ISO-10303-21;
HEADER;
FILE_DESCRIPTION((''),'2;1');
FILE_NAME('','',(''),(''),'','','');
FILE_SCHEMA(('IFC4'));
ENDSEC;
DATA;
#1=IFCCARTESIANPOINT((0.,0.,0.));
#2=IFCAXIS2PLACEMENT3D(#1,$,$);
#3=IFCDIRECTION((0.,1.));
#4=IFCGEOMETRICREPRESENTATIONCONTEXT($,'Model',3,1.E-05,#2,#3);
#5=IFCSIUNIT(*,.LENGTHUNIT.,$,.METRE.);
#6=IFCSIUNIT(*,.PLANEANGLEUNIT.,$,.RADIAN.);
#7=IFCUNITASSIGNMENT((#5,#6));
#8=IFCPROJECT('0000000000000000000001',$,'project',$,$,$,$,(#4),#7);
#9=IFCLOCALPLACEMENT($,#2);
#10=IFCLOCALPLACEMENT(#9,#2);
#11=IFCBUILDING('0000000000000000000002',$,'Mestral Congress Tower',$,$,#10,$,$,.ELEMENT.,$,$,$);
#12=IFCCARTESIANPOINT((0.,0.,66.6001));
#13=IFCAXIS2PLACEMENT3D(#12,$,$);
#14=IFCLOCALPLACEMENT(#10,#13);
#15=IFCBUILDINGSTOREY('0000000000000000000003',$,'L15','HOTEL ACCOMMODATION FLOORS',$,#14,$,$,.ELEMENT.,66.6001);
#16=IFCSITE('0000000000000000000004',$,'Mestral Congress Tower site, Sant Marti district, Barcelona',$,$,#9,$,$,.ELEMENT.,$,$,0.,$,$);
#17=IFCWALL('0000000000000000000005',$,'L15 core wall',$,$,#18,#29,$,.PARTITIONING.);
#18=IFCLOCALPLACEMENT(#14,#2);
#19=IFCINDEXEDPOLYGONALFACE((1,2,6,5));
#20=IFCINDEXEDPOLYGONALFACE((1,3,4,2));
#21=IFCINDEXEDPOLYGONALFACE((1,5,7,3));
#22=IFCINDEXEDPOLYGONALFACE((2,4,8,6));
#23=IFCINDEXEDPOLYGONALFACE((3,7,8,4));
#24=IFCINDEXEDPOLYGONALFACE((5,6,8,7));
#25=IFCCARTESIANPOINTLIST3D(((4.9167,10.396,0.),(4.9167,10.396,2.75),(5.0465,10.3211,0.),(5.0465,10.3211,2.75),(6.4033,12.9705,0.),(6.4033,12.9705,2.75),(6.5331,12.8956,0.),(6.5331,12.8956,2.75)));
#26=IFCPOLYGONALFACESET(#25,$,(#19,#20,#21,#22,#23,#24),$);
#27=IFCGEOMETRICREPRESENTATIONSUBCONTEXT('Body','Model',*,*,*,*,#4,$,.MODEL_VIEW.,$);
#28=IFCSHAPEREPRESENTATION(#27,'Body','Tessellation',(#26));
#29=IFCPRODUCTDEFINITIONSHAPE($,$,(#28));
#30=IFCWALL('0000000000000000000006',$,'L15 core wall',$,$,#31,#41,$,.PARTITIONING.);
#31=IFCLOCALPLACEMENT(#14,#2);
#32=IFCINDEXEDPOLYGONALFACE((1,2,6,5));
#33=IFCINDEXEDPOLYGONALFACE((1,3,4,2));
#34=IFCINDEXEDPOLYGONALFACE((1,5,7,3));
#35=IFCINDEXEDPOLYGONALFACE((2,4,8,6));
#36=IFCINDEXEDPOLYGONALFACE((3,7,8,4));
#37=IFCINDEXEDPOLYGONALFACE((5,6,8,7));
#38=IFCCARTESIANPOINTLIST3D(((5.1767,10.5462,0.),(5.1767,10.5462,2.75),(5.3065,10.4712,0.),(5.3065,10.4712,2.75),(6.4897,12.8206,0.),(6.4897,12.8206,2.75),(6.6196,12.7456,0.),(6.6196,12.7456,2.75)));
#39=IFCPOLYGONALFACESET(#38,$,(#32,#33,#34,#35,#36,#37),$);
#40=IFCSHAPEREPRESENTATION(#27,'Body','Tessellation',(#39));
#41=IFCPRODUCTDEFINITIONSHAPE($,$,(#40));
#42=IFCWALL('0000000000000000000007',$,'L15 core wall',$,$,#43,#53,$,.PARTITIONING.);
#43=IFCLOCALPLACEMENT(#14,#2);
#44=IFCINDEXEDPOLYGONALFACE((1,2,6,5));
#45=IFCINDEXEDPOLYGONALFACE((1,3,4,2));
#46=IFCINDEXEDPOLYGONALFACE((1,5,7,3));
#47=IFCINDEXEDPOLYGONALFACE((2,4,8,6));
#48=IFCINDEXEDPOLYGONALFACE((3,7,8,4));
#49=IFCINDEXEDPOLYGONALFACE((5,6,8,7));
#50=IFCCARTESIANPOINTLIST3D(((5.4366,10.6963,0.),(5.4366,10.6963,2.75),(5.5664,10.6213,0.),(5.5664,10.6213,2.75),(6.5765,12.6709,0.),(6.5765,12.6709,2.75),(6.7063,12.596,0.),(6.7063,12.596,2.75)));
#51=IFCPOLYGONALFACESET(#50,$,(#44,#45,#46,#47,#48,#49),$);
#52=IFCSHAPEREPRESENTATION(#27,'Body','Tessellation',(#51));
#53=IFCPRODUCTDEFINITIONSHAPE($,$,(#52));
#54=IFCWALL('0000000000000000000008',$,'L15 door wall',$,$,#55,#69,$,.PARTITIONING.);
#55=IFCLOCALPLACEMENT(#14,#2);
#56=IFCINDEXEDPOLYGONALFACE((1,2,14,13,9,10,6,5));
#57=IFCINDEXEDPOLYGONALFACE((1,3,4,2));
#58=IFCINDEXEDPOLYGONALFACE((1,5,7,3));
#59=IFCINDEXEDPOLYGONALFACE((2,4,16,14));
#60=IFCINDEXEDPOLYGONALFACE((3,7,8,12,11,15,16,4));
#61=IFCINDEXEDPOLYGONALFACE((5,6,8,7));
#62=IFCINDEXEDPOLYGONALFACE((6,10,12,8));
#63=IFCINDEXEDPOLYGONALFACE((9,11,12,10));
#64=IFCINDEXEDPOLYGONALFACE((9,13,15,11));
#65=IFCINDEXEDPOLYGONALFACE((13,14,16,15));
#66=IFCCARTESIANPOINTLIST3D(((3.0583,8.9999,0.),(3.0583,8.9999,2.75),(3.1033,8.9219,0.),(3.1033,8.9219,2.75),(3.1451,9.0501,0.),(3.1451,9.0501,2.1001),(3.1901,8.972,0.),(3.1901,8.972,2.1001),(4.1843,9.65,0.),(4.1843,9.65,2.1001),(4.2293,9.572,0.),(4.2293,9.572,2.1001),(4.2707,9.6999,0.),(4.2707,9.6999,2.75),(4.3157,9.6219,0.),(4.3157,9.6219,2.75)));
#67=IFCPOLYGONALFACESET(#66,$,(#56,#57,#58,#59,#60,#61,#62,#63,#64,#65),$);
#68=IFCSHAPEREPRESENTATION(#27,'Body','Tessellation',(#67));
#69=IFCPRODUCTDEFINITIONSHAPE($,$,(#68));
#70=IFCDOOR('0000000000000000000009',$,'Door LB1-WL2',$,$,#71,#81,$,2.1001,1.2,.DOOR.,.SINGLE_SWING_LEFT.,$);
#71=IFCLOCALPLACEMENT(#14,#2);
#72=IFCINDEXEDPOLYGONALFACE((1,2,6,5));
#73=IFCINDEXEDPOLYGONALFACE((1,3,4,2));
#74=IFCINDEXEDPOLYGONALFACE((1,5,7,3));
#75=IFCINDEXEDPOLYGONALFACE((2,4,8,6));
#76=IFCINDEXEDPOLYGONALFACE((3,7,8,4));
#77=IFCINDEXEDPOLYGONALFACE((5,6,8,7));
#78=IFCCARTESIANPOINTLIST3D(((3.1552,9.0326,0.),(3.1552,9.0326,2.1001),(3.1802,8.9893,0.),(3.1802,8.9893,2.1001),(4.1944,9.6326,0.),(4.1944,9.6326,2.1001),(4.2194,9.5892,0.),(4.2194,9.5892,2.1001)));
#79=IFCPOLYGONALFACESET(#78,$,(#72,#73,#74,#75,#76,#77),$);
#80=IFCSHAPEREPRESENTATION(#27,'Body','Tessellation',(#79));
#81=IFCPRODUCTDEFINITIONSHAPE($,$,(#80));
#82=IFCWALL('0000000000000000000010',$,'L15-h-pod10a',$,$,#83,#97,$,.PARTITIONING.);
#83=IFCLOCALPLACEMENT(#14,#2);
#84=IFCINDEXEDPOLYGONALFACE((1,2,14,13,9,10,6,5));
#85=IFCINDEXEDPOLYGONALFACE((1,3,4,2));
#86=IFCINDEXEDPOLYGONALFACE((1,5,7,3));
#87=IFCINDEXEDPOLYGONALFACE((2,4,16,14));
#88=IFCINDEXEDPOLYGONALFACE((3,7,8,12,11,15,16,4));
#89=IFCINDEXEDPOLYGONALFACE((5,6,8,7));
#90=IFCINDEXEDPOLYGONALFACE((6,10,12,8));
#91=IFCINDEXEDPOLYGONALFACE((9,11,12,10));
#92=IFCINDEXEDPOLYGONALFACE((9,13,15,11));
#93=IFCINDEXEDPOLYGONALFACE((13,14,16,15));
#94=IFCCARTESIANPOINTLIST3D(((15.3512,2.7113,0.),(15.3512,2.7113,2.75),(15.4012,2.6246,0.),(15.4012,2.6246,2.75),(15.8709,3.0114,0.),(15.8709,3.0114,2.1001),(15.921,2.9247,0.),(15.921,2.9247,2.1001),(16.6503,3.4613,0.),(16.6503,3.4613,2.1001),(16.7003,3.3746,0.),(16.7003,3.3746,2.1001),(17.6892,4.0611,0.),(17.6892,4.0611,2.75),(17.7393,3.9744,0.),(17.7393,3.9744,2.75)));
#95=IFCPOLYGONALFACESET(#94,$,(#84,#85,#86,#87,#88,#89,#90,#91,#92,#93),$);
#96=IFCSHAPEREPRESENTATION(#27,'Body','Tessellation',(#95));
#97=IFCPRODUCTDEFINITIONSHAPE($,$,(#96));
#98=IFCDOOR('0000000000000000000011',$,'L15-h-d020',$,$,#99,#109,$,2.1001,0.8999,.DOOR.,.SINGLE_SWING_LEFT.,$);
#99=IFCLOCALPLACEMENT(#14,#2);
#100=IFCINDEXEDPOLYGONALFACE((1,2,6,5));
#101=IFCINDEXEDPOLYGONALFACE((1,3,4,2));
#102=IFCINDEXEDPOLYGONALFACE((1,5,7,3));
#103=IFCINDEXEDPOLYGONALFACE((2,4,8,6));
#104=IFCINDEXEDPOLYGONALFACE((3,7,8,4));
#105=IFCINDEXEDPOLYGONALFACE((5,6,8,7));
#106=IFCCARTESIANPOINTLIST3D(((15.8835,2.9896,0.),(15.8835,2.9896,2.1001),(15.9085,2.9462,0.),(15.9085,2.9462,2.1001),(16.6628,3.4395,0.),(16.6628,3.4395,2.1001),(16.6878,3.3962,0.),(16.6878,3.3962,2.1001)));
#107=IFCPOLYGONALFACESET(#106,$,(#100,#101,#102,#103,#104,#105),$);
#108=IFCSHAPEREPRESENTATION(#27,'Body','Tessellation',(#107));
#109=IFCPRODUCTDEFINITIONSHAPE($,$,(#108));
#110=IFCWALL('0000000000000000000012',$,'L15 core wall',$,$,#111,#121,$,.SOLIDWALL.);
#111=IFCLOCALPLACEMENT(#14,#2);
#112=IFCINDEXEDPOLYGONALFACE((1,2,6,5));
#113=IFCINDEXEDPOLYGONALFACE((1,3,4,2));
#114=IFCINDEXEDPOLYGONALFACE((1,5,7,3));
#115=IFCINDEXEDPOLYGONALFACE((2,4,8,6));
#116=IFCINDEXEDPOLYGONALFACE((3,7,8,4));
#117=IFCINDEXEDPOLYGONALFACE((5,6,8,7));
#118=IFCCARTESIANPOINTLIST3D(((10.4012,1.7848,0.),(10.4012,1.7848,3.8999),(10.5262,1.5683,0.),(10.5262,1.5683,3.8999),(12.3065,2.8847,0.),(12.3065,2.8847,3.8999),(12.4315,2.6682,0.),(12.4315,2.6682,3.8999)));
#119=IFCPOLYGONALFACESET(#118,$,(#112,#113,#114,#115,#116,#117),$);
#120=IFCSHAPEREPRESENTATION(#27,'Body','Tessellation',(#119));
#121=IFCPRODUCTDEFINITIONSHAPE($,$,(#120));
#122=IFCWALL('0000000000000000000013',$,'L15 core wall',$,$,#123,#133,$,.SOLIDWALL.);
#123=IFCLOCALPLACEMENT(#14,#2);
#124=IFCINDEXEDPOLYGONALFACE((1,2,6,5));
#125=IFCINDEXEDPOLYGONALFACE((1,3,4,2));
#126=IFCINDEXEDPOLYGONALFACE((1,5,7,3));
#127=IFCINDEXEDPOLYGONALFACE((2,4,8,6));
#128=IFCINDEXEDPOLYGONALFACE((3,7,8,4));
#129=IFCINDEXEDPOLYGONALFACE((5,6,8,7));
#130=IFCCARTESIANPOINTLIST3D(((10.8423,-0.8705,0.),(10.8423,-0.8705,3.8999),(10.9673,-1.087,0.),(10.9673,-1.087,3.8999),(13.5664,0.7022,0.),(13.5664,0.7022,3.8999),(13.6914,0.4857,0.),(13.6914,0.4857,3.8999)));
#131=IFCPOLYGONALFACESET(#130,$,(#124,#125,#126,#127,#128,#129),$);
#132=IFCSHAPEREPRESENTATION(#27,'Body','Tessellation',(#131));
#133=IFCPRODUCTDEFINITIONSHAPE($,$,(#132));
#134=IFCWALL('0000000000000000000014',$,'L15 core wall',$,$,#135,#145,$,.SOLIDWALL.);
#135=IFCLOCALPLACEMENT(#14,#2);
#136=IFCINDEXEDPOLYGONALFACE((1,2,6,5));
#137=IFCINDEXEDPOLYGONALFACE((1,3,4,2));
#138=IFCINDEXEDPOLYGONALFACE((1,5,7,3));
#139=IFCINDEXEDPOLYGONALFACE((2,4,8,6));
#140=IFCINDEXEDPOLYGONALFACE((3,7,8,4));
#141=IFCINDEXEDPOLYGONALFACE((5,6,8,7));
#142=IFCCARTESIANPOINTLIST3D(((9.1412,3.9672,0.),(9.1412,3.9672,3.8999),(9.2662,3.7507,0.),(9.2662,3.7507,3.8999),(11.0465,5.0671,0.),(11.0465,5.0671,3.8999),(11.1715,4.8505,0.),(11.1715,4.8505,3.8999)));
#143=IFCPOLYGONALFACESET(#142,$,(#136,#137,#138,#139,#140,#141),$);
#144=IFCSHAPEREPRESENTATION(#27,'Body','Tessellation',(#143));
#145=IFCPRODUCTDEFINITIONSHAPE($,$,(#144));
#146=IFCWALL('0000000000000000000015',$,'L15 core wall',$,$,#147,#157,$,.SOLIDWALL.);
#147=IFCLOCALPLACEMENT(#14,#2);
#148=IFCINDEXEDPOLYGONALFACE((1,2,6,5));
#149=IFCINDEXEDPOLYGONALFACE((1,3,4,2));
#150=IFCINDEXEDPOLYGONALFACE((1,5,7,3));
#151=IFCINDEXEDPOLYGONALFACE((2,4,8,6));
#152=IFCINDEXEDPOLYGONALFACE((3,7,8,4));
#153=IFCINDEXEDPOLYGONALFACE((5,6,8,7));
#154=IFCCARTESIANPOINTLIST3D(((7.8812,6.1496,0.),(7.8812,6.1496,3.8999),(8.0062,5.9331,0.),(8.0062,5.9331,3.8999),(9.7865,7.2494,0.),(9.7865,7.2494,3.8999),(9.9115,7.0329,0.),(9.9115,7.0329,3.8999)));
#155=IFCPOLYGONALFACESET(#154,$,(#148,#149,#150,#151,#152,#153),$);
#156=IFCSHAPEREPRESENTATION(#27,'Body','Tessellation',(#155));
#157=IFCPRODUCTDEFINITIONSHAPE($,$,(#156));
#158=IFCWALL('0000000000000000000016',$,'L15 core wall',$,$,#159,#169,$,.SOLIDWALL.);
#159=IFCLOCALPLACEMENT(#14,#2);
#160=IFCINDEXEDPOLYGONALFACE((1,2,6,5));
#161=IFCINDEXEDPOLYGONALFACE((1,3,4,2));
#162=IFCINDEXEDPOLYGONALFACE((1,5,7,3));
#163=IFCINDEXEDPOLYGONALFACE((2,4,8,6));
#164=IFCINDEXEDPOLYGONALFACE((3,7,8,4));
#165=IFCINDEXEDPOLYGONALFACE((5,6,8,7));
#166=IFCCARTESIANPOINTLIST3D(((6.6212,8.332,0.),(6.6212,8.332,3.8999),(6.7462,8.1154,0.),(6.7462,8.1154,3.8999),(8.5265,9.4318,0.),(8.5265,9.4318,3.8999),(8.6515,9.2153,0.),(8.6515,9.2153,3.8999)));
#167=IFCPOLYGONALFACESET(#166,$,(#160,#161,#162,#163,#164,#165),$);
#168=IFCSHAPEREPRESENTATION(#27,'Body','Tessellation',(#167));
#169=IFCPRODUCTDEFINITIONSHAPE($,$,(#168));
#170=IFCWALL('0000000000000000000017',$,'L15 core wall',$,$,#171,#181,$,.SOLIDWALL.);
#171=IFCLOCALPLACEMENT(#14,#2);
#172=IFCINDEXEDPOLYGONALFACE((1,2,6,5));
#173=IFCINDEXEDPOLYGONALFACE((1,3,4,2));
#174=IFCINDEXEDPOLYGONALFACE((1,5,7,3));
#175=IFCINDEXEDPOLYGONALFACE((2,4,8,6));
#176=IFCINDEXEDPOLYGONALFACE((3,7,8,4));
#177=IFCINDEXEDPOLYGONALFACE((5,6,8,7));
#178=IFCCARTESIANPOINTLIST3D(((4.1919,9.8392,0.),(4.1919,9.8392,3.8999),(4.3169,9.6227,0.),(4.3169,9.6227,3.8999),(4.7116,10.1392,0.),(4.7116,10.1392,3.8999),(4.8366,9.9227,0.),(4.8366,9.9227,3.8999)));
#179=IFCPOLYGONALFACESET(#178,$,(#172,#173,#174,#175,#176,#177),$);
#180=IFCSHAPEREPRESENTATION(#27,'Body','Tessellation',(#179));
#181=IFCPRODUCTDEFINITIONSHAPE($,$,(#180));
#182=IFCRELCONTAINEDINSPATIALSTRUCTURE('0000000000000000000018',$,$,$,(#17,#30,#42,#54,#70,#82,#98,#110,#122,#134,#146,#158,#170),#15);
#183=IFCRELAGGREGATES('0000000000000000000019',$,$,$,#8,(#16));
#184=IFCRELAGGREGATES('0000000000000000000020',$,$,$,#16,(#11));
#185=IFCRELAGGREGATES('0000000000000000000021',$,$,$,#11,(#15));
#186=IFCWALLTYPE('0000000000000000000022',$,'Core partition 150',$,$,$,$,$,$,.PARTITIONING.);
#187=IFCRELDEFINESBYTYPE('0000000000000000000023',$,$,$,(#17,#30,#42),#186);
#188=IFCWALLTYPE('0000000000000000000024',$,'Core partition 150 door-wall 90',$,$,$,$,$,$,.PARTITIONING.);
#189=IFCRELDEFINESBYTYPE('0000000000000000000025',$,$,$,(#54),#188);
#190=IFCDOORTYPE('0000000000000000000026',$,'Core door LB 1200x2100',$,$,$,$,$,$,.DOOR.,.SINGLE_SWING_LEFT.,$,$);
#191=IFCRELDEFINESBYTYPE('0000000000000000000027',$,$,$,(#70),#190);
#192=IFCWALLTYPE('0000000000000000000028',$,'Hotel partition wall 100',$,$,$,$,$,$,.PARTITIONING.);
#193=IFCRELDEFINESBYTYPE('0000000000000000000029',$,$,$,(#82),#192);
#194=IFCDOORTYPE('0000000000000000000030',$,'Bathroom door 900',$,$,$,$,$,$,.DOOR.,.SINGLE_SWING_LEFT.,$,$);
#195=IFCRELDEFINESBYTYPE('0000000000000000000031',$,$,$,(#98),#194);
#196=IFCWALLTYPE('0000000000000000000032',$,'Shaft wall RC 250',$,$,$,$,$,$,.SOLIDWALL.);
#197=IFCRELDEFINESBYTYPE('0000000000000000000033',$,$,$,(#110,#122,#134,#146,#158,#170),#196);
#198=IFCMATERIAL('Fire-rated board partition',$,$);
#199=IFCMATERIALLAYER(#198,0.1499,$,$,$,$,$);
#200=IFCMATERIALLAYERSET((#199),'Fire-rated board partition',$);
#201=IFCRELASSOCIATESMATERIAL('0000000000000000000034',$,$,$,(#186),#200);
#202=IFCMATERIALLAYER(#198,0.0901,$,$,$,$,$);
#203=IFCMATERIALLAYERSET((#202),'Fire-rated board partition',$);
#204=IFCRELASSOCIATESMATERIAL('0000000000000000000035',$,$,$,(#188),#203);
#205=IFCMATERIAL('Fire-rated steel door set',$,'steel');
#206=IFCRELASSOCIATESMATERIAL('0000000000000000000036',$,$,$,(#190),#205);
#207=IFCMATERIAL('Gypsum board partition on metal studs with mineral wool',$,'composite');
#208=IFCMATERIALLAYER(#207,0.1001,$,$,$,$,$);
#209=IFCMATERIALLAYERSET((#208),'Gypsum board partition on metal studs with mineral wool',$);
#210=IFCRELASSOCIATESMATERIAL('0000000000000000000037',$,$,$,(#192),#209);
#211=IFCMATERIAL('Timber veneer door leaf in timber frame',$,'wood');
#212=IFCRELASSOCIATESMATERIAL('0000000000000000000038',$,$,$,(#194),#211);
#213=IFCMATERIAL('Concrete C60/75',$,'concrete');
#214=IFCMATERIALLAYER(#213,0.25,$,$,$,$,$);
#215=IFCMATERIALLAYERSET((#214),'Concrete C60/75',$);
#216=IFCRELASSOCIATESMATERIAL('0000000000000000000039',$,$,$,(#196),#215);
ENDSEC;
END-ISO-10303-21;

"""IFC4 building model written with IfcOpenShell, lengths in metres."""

from ifc_helpers import new_model, si_unit, direction, frame, frame_2d, origin, place, context, subcontext, project, spatial, rectangle, extrude, material, layer, layer_set, type_object, element, fill, save


model = new_model("IFC4")

# Units and contexts
model_context = context("Model", 3, precision=1e-05, world=origin(), true_north=direction((0.0, 1.0)))
body_context = subcontext(model_context, "Body", "Model", "MODEL_VIEW")
ifc_project = project(units=[si_unit("LENGTHUNIT", "METRE"), si_unit("PLANEANGLEUNIT", "RADIAN")], contexts=[model_context])

# Site, building, storey
site_placement = place(None, origin())
site = spatial("IfcSite", under=ifc_project, at=site_placement, Name="Mestral Congress Tower site, Sant Marti district, Barcelona", CompositionType="ELEMENT", RefElevation=0.0)
building_placement = place(site_placement, origin())
building = spatial("IfcBuilding", under=site, at=building_placement, Name="Mestral Congress Tower", CompositionType="ELEMENT")
storey_placement = place(building_placement, frame((0.0, 0.0, 66.6001)))
storey = spatial("IfcBuildingStorey", under=building, at=storey_placement, Name="L15", Description="HOTEL ACCOMMODATION FLOORS", CompositionType="ELEMENT", Elevation=66.6001)

# Walls
ifc_material_1 = material(Name="Fire-rated board partition")
ifc_layer_1 = layer(ifc_material_1, 0.1499)
ifc_layer_set_1 = layer_set([ifc_layer_1], Name="Fire-rated board partition")
wall_type_1 = type_object("IfcWallType", Name="Core partition 150", PredefinedType="PARTITIONING", material=ifc_layer_set_1)
wall_1_placement = place(storey_placement, frame((4.9817, 10.3586, 0.0), z_axis=(0.0, 0.0, 1.0), x_axis=(0.500052, 0.865995, 0.0)))
element("IfcWall", 1, at=wall_1_placement, inside=storey, type_object=wall_type_1, Name="L15 core wall", PredefinedType="PARTITIONING", context=body_context, shape_type="SweptSolid", body=[
    extrude(rectangle(XDim=2.9729, YDim=0.1499, at=frame_2d((1.4863, 0.0))), origin(), (0.0, 0.0, 1.0), 2.75),
])
wall_2_placement = place(storey_placement, frame((5.2417, 10.5088, 0.0), z_axis=(0.0, 0.0, 1.0), x_axis=(0.499959, 0.866049, 0.0)))
element("IfcWall", 2, at=wall_2_placement, inside=storey, type_object=wall_type_1, Name="L15 core wall", PredefinedType="PARTITIONING", context=body_context, shape_type="SweptSolid", body=[
    extrude(rectangle(XDim=2.6262, YDim=0.1499, at=frame_2d((1.313, 0.0))), origin(), (0.0, 0.0, 1.0), 2.75),
])
wall_3_placement = place(storey_placement, frame((5.5015, 10.6587, 0.0), z_axis=(0.0, 0.0, 1.0), x_axis=(0.499951, 0.866054, 0.0)))
element("IfcWall", 3, at=wall_3_placement, inside=storey, type_object=wall_type_1, Name="L15 core wall", PredefinedType="PARTITIONING", context=body_context, shape_type="SweptSolid", body=[
    extrude(rectangle(XDim=2.28, YDim=0.1499, at=frame_2d((1.1401, 0.0))), origin(), (0.0, 0.0, 1.0), 2.75),
])

# Walls, openings, doors
ifc_layer_2 = layer(ifc_material_1, 0.0901)
ifc_layer_set_2 = layer_set([ifc_layer_2], Name="Fire-rated board partition")
wall_type_2 = type_object("IfcWallType", Name="Core partition 150 door-wall 90", PredefinedType="PARTITIONING", material=ifc_layer_set_2)
wall_4_placement = place(storey_placement, frame((3.0808, 8.9609, 0.0), z_axis=(0.0, 0.0, 1.0), x_axis=(0.866035, 0.499984, 0.0)))
wall_4 = element("IfcWall", 4, at=wall_4_placement, inside=storey, type_object=wall_type_2, Name="L15 door wall", PredefinedType="PARTITIONING", context=body_context, shape_type="SweptSolid", body=[
    extrude(rectangle(XDim=1.3999, YDim=0.0901, at=frame_2d((0.7, 0.0))), origin(), (0.0, 0.0, 1.0), 2.75),
])
opening_1_placement = place(wall_4_placement, frame((0.1001, 0.0, 0.0)))
opening_1 = element("IfcOpeningElement", 5, at=opening_1_placement, cuts=wall_4, PredefinedType="OPENING", context=body_context, shape_type="SweptSolid", body=[
    extrude(rectangle(XDim=1.2, YDim=2.1001, at=frame_2d((0.6001, 1.05))), frame((0.0, 0.0549, 0.0), z_axis=(0.0, -1.0, 0.0), x_axis=(1.0, 0.0, 0.0)), (0.0, 0.0, 1.0), 0.1101),
])
ifc_material_2 = material(Name="Fire-rated steel door set", Category="steel")
door_type_1 = type_object("IfcDoorType", Name="Core door LB 1200x2100", OperationType="SINGLE_SWING_LEFT", PredefinedType="DOOR", material=ifc_material_2)
door_1_placement = place(opening_1_placement, origin())
door_1 = element("IfcDoor", 6, at=door_1_placement, inside=storey, type_object=door_type_1, Name="Door LB1-WL2", OperationType="SINGLE_SWING_LEFT", OverallHeight=2.1001, OverallWidth=1.2, PredefinedType="DOOR", context=body_context, shape_type="SweptSolid", body=[
    extrude(rectangle(XDim=1.2, YDim=2.1001, at=frame_2d((0.6001, 1.05))), frame((0.0, 0.0249, 0.0), z_axis=(0.0, -1.0, 0.0), x_axis=(1.0, 0.0, 0.0)), (0.0, 0.0, 1.0), 0.05),
])
fill(opening_1, door_1)
ifc_material_3 = material(Name="Gypsum board partition on metal studs with mineral wool", Category="composite")
ifc_layer_3 = layer(ifc_material_3, 0.1001)
ifc_layer_set_3 = layer_set([ifc_layer_3], Name="Gypsum board partition on metal studs with mineral wool")
wall_type_3 = type_object("IfcWallType", Name="Hotel partition wall 100", PredefinedType="PARTITIONING", material=ifc_layer_set_3)
wall_5_placement = place(storey_placement, frame((15.3762, 2.668, 0.0), z_axis=(0.0, 0.0, 1.0), x_axis=(0.866037, 0.499981, 0.0)))
wall_5 = element("IfcWall", 7, at=wall_5_placement, inside=storey, type_object=wall_type_3, Name="L15-h-pod10a", PredefinedType="PARTITIONING", context=body_context, shape_type="SweptSolid", body=[
    extrude(rectangle(XDim=2.6997, YDim=0.1001, at=frame_2d((1.3499, 0.0))), origin(), (0.0, 0.0, 1.0), 2.75),
])
opening_2_placement = place(wall_5_placement, frame((0.6001, 0.0, 0.0)))
opening_2 = element("IfcOpeningElement", 8, at=opening_2_placement, cuts=wall_5, PredefinedType="OPENING", context=body_context, shape_type="SweptSolid", body=[
    extrude(rectangle(XDim=0.8999, YDim=2.1001, at=frame_2d((0.45, 1.05))), frame((0.0, 0.0601, 0.0), z_axis=(0.0, -1.0, 0.0), x_axis=(1.0, 0.0, 0.0)), (0.0, 0.0, 1.0), 0.1201),
])
ifc_material_4 = material(Name="Timber veneer door leaf in timber frame", Category="wood")
door_type_2 = type_object("IfcDoorType", Name="Bathroom door 900", OperationType="SINGLE_SWING_LEFT", PredefinedType="DOOR", material=ifc_material_4)
door_2_placement = place(opening_2_placement, origin())
door_2 = element("IfcDoor", 9, at=door_2_placement, inside=storey, type_object=door_type_2, Name="L15-h-d020", OperationType="SINGLE_SWING_LEFT", OverallHeight=2.1001, OverallWidth=0.8999, PredefinedType="DOOR", context=body_context, shape_type="SweptSolid", body=[
    extrude(rectangle(XDim=0.8999, YDim=2.1001, at=frame_2d((0.45, 1.05))), frame((0.0, 0.0249, 0.0), z_axis=(0.0, -1.0, 0.0), x_axis=(1.0, 0.0, 0.0)), (0.0, 0.0, 1.0), 0.05),
])
fill(opening_2, door_2)

# Walls
ifc_material_5 = material(Name="Concrete C60/75", Category="concrete")
ifc_layer_4 = layer(ifc_material_5, 0.25)
ifc_layer_set_4 = layer_set([ifc_layer_4], Name="Concrete C60/75")
wall_type_4 = type_object("IfcWallType", Name="Shaft wall RC 250", PredefinedType="SOLIDWALL", material=ifc_layer_set_4)
wall_6_placement = place(storey_placement, frame((10.4636, 1.6765, 0.0), z_axis=(0.0, 0.0, 1.0), x_axis=(0.866056, 0.499947, 0.0)))
element("IfcWall", 10, at=wall_6_placement, inside=storey, type_object=wall_type_4, Name="L15 core wall", PredefinedType="SOLIDWALL", context=body_context, shape_type="SweptSolid", body=[
    extrude(rectangle(XDim=2.2, YDim=0.25, at=frame_2d((1.1001, 0.0))), origin(), (0.0, 0.0, 1.0), 3.8999),
])
wall_7_placement = place(storey_placement, frame((13.6289, 0.594, 0.0), z_axis=(0.0, 0.0, 1.0), x_axis=(-0.866028, -0.499996, 0.0)))
element("IfcWall", 11, at=wall_7_placement, inside=storey, type_object=wall_type_4, Name="L15 core wall", PredefinedType="SOLIDWALL", context=body_context, shape_type="SweptSolid", body=[
    extrude(rectangle(XDim=3.1455, YDim=0.25, at=frame_2d((1.5728, 0.0))), origin(), (0.0, 0.0, 1.0), 3.8999),
])
for number, where, z_axis, x_axis, name in (
    (12, (9.2036, 3.8589, 0.0), (0.0, 0.0, 1.0), (0.866056, 0.499947, 0.0), "L15 core wall"),
    (13, (7.9436, 6.0413, 0.0), (0.0, 0.0, 1.0), (0.866056, 0.499947, 0.0), "L15 core wall"),
    (14, (6.6836, 8.2236, 0.0), (0.0, 0.0, 1.0), (0.866056, 0.499947, 0.0), "L15 core wall"),
):
    element("IfcWall", number, at=place(storey_placement, frame(where, z_axis=z_axis, x_axis=x_axis)), inside=storey, type_object=wall_type_4, Name=name, PredefinedType="SOLIDWALL", context=body_context, shape_type="SweptSolid", body=[
        extrude(rectangle(XDim=2.2, YDim=0.25, at=frame_2d((1.1001, 0.0))), origin(), (0.0, 0.0, 1.0), 3.8999),
    ])
wall_8_placement = place(storey_placement, frame((4.2544, 9.731, 0.0), z_axis=(0.0, 0.0, 1.0), x_axis=(0.866057, 0.499945, 0.0)))
element("IfcWall", 15, at=wall_8_placement, inside=storey, type_object=wall_type_4, Name="L15 core wall", PredefinedType="SOLIDWALL", context=body_context, shape_type="SweptSolid", body=[
    extrude(rectangle(XDim=0.6001, YDim=0.25, at=frame_2d((0.3, 0.0))), origin(), (0.0, 0.0, 1.0), 3.8999),
])

save(model, "model.ifc")
